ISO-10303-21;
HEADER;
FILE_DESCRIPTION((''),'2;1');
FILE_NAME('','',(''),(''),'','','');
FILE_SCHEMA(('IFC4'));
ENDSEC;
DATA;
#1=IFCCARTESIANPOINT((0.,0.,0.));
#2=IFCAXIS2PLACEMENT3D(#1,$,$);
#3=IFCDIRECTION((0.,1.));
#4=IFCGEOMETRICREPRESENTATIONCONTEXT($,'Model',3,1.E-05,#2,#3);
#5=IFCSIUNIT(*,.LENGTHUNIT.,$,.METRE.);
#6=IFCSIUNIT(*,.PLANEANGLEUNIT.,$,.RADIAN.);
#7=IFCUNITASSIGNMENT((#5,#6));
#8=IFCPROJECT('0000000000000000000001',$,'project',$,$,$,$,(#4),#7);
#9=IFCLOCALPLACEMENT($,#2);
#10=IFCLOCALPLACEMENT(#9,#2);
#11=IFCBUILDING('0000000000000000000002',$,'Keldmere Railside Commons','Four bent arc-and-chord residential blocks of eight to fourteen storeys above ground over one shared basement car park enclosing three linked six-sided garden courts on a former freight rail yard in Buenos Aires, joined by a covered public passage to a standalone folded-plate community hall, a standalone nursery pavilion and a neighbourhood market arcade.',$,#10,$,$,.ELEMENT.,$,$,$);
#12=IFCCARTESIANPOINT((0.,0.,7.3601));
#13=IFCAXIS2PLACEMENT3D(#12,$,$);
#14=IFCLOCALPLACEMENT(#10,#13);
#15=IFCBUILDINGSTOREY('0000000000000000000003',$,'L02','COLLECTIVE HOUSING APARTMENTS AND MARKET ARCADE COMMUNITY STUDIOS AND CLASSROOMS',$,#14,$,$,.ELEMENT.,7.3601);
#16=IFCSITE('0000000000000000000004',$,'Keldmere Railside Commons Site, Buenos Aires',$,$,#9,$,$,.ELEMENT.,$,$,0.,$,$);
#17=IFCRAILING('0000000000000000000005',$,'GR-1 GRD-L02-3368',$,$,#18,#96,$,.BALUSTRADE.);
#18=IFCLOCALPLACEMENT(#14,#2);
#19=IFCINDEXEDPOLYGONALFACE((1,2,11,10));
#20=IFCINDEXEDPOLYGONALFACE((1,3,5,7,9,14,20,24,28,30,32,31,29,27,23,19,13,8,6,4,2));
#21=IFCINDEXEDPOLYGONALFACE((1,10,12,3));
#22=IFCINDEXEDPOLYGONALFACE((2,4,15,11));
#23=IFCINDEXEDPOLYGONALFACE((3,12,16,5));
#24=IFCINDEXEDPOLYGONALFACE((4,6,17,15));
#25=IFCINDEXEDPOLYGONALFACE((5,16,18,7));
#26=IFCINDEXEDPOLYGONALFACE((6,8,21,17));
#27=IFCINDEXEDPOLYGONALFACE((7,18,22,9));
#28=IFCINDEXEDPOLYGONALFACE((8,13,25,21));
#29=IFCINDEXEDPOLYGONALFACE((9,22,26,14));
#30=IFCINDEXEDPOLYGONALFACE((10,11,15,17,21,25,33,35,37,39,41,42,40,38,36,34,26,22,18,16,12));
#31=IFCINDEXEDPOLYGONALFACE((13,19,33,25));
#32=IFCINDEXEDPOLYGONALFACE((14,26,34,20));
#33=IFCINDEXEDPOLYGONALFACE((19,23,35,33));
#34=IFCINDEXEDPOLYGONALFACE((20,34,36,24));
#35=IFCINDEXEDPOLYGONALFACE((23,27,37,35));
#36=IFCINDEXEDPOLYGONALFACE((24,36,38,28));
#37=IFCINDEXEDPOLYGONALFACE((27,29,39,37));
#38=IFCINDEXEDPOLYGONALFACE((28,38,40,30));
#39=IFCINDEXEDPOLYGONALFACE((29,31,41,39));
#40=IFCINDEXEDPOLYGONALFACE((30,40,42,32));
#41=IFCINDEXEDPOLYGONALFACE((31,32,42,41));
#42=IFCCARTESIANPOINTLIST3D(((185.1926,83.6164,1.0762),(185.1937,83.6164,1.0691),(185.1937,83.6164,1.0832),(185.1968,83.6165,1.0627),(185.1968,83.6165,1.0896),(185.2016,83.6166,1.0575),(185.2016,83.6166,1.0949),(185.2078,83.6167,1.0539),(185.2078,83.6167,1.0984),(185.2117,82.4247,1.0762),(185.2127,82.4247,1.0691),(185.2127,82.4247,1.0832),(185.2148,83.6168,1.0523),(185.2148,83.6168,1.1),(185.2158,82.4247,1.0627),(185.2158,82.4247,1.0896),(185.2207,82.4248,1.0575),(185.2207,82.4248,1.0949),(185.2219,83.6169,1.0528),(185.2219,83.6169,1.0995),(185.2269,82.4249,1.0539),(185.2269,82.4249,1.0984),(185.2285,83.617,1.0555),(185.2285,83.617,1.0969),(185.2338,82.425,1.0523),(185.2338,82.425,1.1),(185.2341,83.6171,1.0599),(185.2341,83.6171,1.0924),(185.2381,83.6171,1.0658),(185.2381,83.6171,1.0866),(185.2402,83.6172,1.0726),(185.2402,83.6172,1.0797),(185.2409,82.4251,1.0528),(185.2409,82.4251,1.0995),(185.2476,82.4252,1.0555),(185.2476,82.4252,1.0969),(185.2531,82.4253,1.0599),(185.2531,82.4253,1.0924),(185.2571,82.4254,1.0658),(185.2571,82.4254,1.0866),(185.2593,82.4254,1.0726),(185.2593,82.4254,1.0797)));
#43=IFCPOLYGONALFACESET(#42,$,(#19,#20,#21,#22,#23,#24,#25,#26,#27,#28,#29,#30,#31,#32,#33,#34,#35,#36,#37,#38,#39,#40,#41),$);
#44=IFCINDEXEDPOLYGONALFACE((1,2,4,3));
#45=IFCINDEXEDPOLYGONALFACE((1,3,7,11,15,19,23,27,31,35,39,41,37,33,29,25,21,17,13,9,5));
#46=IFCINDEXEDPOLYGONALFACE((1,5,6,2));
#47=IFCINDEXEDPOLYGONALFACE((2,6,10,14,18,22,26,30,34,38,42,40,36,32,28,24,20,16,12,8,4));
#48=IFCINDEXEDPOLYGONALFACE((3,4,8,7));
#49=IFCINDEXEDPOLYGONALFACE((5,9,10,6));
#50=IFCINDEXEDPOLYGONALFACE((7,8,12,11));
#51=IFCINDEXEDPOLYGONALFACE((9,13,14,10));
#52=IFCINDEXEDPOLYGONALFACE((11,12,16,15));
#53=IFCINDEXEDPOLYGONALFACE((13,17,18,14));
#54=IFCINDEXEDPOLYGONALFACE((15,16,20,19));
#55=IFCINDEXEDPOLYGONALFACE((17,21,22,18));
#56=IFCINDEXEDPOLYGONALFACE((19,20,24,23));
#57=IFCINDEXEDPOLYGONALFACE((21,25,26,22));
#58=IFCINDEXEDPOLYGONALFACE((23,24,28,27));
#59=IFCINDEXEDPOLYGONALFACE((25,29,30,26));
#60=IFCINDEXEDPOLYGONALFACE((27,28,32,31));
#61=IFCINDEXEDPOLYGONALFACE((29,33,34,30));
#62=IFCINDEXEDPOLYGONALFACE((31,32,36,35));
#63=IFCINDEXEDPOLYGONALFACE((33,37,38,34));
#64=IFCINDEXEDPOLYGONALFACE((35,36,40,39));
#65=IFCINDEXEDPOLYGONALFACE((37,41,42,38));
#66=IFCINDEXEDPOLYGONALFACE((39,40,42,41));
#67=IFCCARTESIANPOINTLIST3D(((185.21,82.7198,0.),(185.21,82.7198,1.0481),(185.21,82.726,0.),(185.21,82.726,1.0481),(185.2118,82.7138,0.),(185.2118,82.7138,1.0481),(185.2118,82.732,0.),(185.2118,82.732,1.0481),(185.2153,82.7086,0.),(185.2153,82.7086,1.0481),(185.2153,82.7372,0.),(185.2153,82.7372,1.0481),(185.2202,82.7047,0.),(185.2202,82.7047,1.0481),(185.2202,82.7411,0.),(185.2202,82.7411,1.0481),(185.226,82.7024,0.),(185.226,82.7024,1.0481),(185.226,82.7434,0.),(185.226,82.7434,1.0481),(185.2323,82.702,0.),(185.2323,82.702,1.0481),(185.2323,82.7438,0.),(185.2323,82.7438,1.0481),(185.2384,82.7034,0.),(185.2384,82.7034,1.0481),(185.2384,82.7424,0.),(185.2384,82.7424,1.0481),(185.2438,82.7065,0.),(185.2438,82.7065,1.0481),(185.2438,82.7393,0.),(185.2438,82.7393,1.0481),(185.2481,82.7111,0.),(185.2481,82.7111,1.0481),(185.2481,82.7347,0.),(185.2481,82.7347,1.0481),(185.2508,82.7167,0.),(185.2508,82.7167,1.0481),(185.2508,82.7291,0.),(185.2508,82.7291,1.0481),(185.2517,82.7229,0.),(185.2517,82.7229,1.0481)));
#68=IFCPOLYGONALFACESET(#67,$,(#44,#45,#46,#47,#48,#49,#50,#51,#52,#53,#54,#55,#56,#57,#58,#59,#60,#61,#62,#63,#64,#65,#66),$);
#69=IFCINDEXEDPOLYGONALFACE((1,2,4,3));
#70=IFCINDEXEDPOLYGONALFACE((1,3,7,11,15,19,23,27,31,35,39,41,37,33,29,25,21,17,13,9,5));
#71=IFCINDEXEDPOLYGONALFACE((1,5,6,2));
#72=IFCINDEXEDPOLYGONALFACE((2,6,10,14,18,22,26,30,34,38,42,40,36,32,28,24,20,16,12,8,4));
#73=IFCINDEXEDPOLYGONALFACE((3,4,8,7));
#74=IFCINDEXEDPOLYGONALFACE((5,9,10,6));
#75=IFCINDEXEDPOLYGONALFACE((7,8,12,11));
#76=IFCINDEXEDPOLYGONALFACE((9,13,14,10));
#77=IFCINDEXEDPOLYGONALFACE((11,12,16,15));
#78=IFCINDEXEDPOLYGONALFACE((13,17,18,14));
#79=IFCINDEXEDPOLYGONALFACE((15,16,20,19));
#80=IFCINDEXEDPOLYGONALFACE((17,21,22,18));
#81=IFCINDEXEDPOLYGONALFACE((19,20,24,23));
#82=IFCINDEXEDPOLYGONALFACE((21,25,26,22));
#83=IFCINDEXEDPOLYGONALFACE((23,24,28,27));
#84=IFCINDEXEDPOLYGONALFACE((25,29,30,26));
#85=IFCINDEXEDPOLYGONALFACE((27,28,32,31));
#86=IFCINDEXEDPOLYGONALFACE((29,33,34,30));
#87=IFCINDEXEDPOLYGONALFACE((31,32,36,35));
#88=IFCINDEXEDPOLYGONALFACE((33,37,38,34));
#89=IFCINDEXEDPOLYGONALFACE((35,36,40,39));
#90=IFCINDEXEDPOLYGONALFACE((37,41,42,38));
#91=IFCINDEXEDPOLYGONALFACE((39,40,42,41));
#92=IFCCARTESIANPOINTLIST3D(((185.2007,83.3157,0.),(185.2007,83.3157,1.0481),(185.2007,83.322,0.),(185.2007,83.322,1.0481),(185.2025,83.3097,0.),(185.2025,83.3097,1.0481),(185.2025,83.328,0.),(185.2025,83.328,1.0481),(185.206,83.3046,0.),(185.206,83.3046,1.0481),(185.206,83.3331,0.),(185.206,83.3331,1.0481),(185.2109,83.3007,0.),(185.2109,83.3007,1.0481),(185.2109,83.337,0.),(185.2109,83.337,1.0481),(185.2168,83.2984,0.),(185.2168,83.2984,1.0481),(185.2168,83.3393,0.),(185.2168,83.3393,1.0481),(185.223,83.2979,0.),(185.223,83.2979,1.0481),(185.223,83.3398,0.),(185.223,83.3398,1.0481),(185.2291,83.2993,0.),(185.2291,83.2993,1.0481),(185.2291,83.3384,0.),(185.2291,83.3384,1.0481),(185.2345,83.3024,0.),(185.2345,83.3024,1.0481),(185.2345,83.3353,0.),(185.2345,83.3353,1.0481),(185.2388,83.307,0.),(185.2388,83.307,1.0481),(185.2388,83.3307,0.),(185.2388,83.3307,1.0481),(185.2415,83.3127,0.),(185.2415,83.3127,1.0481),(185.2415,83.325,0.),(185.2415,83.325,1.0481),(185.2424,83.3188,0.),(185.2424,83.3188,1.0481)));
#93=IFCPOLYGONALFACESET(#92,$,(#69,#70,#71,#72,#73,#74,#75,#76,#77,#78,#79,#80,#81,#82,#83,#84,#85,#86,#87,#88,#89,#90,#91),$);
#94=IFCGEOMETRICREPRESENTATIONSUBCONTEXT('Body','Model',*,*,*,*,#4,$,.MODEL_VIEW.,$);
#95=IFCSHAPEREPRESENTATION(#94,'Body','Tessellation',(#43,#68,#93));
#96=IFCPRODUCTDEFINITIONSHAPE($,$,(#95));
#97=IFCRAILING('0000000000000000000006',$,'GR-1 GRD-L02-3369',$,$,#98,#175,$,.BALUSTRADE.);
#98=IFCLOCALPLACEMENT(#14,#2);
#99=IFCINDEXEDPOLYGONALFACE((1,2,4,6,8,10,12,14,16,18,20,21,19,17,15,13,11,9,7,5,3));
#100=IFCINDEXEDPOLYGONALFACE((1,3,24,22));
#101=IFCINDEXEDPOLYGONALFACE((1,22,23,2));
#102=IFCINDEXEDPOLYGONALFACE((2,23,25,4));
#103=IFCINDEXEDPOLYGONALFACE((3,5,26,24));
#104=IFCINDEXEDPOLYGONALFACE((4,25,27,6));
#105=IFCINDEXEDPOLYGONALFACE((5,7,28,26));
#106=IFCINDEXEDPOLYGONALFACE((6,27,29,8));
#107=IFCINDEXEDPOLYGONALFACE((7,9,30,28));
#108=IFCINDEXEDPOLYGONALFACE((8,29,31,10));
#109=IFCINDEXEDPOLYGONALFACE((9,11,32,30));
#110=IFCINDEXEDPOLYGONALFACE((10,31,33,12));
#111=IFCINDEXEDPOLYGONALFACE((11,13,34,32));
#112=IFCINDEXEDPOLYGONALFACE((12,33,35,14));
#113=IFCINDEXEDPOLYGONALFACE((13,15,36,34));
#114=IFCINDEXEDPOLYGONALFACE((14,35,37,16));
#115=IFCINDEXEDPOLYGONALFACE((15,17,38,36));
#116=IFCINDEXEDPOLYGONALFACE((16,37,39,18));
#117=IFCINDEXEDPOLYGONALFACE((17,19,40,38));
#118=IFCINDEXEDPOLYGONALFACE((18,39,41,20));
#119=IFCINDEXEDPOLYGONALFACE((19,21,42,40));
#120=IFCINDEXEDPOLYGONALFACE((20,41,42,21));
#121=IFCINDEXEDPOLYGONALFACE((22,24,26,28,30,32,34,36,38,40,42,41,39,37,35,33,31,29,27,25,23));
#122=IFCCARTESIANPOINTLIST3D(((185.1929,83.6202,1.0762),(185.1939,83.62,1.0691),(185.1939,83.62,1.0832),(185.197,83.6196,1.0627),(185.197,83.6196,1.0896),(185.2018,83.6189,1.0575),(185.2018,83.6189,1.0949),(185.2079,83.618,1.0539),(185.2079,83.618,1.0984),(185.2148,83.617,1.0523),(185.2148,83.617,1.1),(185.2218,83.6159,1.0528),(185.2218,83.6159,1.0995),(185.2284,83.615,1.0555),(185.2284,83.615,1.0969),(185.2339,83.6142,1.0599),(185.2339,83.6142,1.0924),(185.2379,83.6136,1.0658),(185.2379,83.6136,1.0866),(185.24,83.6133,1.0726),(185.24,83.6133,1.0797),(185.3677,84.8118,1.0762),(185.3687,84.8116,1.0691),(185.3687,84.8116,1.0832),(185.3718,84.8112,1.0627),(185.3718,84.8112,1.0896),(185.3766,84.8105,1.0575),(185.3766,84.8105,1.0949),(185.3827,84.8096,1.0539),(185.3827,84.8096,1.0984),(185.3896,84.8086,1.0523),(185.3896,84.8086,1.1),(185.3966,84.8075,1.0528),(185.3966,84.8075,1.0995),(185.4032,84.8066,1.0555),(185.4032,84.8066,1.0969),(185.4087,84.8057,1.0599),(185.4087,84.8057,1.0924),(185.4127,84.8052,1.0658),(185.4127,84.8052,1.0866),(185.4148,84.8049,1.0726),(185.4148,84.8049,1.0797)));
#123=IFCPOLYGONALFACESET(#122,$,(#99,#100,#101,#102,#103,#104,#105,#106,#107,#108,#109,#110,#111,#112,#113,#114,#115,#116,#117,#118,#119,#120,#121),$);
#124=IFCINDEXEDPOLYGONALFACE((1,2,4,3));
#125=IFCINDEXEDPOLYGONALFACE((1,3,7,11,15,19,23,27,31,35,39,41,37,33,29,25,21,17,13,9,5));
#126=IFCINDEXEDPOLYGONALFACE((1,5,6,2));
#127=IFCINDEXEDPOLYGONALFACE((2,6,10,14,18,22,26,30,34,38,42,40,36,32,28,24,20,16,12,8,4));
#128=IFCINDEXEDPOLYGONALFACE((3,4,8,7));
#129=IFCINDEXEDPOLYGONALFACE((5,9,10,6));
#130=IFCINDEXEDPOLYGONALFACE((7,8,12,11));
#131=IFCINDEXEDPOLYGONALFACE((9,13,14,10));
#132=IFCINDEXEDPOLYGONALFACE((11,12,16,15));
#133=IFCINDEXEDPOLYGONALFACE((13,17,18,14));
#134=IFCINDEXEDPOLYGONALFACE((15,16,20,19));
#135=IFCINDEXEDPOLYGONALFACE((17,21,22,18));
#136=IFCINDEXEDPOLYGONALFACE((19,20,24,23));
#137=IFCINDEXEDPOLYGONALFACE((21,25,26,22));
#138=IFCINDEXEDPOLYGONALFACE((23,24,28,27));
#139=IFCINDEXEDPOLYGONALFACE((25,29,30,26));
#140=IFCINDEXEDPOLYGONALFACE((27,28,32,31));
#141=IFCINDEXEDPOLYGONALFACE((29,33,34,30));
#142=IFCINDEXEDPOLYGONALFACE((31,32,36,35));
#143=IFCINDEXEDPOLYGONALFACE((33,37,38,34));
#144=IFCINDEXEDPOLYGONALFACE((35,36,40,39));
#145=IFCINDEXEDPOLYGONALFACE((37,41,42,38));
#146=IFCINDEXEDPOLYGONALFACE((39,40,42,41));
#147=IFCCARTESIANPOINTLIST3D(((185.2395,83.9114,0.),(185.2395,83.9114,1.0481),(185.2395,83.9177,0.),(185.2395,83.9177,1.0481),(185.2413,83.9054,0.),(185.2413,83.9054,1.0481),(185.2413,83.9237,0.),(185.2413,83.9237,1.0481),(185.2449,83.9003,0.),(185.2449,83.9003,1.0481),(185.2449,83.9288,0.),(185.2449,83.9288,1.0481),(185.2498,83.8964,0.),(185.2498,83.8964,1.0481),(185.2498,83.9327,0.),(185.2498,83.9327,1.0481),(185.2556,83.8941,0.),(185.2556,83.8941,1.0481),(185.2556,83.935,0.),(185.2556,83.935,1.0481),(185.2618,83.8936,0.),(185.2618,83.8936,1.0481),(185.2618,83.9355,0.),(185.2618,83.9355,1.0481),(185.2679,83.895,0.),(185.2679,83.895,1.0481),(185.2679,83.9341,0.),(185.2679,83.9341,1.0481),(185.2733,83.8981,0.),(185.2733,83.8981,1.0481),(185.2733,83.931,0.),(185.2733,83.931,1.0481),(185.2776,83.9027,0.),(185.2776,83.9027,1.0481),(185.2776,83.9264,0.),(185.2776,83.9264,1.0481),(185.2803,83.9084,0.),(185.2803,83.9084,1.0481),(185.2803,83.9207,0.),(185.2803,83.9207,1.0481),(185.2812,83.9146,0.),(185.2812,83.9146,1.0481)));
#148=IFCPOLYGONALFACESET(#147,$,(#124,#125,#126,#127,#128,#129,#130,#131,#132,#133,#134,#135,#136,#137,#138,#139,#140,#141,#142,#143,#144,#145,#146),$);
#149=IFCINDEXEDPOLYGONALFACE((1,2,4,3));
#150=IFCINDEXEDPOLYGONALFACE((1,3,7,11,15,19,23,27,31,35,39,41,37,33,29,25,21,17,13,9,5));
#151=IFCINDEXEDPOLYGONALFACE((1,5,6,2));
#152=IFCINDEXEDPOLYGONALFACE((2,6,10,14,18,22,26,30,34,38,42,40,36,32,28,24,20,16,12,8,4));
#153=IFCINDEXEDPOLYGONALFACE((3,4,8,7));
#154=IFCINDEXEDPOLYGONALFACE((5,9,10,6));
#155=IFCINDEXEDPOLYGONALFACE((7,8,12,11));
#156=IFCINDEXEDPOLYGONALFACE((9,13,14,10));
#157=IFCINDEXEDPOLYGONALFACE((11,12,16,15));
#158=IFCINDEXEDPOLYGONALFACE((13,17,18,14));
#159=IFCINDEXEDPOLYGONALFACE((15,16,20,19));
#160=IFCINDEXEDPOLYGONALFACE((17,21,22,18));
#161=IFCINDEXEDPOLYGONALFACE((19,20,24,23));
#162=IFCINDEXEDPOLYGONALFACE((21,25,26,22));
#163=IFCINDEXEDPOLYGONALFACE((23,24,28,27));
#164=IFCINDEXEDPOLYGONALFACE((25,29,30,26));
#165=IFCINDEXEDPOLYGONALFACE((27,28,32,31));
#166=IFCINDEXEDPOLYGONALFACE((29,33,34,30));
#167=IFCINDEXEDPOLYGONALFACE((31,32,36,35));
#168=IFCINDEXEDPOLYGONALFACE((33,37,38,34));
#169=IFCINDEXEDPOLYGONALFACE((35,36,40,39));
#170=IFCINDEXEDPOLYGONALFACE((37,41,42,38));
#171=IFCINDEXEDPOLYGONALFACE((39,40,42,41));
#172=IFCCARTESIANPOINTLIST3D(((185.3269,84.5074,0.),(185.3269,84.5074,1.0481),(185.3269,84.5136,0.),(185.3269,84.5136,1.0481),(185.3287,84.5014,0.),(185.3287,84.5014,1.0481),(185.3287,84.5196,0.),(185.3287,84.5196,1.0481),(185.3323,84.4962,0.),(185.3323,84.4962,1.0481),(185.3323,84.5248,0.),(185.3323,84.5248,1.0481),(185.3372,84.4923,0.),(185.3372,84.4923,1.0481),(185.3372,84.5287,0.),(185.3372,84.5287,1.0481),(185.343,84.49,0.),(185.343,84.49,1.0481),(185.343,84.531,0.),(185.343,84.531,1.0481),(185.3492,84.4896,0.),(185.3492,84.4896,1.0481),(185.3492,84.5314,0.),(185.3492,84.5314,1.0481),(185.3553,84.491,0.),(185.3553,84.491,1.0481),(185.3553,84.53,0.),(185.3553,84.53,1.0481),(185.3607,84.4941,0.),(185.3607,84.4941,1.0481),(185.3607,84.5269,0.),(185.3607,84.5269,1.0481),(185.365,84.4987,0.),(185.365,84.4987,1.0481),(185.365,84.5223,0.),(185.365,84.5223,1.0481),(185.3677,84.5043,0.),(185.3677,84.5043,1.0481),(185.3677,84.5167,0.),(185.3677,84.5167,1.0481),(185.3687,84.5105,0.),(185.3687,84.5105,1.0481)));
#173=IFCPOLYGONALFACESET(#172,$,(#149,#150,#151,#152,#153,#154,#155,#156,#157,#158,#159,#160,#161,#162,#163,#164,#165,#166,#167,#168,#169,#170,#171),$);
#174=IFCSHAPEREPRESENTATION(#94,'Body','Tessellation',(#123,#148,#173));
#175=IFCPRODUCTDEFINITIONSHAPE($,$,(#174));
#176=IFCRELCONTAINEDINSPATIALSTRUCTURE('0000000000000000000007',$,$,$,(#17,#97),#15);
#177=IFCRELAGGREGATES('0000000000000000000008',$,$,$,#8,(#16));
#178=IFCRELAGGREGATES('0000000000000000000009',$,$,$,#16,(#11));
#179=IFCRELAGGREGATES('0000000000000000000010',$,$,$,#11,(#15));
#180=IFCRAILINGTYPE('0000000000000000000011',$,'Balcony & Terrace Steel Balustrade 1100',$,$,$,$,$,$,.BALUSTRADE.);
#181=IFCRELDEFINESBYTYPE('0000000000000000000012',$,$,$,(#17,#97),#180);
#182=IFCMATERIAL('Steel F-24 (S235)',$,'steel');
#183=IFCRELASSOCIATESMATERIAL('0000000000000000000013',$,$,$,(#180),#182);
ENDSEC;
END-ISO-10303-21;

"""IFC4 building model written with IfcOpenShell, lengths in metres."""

from ifc_helpers import new_model, si_unit, direction, frame, origin, origin_2d, place, context, subcontext, project, spatial, circle, extrude, material, type_object, element, save


model = new_model("IFC4")

# Units and contexts
model_context = context("Model", 3, precision=1e-05, world=origin(), true_north=direction((0.0, 1.0)))
body_context = subcontext(model_context, "Body", "Model", "MODEL_VIEW")
ifc_project = project(units=[si_unit("LENGTHUNIT", "METRE"), si_unit("PLANEANGLEUNIT", "RADIAN")], contexts=[model_context])

# Site, building, storey
site_placement = place(None, origin())
site = spatial("IfcSite", under=ifc_project, at=site_placement, Name="Keldmere Railside Commons Site, Buenos Aires", CompositionType="ELEMENT", RefElevation=0.0)
building_placement = place(site_placement, origin())
building = spatial("IfcBuilding", under=site, at=building_placement, Name="Keldmere Railside Commons", Description="Four bent arc-and-chord residential blocks of eight to fourteen storeys above ground over one shared basement car park enclosing three linked six-sided garden courts on a former freight rail yard in Buenos Aires, joined by a covered public passage to a standalone folded-plate community hall, a standalone nursery pavilion and a neighbourhood market arcade.", CompositionType="ELEMENT")
storey_placement = place(building_placement, frame((0.0, 0.0, 7.3601)))
storey = spatial("IfcBuildingStorey", under=building, at=storey_placement, Name="L02", Description="COLLECTIVE HOUSING APARTMENTS AND MARKET ARCADE COMMUNITY STUDIOS AND CLASSROOMS", CompositionType="ELEMENT", Elevation=7.3601)

# Railings
ifc_material_1 = material(Name="Steel F-24 (S235)", Category="steel")
railing_type = type_object("IfcRailingType", Name="Balcony & Terrace Steel Balustrade 1100", PredefinedType="BALUSTRADE", material=ifc_material_1)
railing_1_placement = place(storey_placement, frame((185.2356, 82.425, 0.0)))
element("IfcRailing", 1, at=railing_1_placement, inside=storey, type_object=railing_type, Name="GR-1 GRD-L02-3368", PredefinedType="BALUSTRADE", context=body_context, shape_type="SweptSolid", body=[
    extrude(circle(Radius=0.0239, at=origin_2d()), frame((0.0, 0.0, 1.0762), z_axis=(-0.015978, 0.999872, 0.0), x_axis=(-0.999872, -0.015978, 0.0)), (0.0, 0.0, 1.0), 1.1919),
    extrude(circle(Radius=0.021, at=origin_2d()), frame((-0.0049, 0.2979, 0.0)), (0.0, 0.0, 1.0), 1.0481),
    extrude(circle(Radius=0.021, at=origin_2d()), frame((-0.0142, 0.8938, 0.0)), (0.0, 0.0, 1.0), 1.0481),
])
railing_2_placement = place(storey_placement, frame((185.2166, 83.6167, 0.0)))
element("IfcRailing", 2, at=railing_2_placement, inside=storey, type_object=railing_type, Name="GR-1 GRD-L02-3369", PredefinedType="BALUSTRADE", context=body_context, shape_type="SweptSolid", body=[
    extrude(circle(Radius=0.0239, at=origin_2d()), frame((0.0, 0.0, 1.0762), z_axis=(0.145138, 0.989411, 0.0), x_axis=(-0.989411, 0.145138, 0.0)), (0.0, 0.0, 1.0), 1.2043),
    extrude(circle(Radius=0.021, at=origin_2d()), frame((0.0437, 0.2979, 0.0)), (0.0, 0.0, 1.0), 1.0481),
    extrude(circle(Radius=0.021, at=origin_2d()), frame((0.1311, 0.8938, 0.0)), (0.0, 0.0, 1.0), 1.0481),
])

save(model, "model.ifc")
